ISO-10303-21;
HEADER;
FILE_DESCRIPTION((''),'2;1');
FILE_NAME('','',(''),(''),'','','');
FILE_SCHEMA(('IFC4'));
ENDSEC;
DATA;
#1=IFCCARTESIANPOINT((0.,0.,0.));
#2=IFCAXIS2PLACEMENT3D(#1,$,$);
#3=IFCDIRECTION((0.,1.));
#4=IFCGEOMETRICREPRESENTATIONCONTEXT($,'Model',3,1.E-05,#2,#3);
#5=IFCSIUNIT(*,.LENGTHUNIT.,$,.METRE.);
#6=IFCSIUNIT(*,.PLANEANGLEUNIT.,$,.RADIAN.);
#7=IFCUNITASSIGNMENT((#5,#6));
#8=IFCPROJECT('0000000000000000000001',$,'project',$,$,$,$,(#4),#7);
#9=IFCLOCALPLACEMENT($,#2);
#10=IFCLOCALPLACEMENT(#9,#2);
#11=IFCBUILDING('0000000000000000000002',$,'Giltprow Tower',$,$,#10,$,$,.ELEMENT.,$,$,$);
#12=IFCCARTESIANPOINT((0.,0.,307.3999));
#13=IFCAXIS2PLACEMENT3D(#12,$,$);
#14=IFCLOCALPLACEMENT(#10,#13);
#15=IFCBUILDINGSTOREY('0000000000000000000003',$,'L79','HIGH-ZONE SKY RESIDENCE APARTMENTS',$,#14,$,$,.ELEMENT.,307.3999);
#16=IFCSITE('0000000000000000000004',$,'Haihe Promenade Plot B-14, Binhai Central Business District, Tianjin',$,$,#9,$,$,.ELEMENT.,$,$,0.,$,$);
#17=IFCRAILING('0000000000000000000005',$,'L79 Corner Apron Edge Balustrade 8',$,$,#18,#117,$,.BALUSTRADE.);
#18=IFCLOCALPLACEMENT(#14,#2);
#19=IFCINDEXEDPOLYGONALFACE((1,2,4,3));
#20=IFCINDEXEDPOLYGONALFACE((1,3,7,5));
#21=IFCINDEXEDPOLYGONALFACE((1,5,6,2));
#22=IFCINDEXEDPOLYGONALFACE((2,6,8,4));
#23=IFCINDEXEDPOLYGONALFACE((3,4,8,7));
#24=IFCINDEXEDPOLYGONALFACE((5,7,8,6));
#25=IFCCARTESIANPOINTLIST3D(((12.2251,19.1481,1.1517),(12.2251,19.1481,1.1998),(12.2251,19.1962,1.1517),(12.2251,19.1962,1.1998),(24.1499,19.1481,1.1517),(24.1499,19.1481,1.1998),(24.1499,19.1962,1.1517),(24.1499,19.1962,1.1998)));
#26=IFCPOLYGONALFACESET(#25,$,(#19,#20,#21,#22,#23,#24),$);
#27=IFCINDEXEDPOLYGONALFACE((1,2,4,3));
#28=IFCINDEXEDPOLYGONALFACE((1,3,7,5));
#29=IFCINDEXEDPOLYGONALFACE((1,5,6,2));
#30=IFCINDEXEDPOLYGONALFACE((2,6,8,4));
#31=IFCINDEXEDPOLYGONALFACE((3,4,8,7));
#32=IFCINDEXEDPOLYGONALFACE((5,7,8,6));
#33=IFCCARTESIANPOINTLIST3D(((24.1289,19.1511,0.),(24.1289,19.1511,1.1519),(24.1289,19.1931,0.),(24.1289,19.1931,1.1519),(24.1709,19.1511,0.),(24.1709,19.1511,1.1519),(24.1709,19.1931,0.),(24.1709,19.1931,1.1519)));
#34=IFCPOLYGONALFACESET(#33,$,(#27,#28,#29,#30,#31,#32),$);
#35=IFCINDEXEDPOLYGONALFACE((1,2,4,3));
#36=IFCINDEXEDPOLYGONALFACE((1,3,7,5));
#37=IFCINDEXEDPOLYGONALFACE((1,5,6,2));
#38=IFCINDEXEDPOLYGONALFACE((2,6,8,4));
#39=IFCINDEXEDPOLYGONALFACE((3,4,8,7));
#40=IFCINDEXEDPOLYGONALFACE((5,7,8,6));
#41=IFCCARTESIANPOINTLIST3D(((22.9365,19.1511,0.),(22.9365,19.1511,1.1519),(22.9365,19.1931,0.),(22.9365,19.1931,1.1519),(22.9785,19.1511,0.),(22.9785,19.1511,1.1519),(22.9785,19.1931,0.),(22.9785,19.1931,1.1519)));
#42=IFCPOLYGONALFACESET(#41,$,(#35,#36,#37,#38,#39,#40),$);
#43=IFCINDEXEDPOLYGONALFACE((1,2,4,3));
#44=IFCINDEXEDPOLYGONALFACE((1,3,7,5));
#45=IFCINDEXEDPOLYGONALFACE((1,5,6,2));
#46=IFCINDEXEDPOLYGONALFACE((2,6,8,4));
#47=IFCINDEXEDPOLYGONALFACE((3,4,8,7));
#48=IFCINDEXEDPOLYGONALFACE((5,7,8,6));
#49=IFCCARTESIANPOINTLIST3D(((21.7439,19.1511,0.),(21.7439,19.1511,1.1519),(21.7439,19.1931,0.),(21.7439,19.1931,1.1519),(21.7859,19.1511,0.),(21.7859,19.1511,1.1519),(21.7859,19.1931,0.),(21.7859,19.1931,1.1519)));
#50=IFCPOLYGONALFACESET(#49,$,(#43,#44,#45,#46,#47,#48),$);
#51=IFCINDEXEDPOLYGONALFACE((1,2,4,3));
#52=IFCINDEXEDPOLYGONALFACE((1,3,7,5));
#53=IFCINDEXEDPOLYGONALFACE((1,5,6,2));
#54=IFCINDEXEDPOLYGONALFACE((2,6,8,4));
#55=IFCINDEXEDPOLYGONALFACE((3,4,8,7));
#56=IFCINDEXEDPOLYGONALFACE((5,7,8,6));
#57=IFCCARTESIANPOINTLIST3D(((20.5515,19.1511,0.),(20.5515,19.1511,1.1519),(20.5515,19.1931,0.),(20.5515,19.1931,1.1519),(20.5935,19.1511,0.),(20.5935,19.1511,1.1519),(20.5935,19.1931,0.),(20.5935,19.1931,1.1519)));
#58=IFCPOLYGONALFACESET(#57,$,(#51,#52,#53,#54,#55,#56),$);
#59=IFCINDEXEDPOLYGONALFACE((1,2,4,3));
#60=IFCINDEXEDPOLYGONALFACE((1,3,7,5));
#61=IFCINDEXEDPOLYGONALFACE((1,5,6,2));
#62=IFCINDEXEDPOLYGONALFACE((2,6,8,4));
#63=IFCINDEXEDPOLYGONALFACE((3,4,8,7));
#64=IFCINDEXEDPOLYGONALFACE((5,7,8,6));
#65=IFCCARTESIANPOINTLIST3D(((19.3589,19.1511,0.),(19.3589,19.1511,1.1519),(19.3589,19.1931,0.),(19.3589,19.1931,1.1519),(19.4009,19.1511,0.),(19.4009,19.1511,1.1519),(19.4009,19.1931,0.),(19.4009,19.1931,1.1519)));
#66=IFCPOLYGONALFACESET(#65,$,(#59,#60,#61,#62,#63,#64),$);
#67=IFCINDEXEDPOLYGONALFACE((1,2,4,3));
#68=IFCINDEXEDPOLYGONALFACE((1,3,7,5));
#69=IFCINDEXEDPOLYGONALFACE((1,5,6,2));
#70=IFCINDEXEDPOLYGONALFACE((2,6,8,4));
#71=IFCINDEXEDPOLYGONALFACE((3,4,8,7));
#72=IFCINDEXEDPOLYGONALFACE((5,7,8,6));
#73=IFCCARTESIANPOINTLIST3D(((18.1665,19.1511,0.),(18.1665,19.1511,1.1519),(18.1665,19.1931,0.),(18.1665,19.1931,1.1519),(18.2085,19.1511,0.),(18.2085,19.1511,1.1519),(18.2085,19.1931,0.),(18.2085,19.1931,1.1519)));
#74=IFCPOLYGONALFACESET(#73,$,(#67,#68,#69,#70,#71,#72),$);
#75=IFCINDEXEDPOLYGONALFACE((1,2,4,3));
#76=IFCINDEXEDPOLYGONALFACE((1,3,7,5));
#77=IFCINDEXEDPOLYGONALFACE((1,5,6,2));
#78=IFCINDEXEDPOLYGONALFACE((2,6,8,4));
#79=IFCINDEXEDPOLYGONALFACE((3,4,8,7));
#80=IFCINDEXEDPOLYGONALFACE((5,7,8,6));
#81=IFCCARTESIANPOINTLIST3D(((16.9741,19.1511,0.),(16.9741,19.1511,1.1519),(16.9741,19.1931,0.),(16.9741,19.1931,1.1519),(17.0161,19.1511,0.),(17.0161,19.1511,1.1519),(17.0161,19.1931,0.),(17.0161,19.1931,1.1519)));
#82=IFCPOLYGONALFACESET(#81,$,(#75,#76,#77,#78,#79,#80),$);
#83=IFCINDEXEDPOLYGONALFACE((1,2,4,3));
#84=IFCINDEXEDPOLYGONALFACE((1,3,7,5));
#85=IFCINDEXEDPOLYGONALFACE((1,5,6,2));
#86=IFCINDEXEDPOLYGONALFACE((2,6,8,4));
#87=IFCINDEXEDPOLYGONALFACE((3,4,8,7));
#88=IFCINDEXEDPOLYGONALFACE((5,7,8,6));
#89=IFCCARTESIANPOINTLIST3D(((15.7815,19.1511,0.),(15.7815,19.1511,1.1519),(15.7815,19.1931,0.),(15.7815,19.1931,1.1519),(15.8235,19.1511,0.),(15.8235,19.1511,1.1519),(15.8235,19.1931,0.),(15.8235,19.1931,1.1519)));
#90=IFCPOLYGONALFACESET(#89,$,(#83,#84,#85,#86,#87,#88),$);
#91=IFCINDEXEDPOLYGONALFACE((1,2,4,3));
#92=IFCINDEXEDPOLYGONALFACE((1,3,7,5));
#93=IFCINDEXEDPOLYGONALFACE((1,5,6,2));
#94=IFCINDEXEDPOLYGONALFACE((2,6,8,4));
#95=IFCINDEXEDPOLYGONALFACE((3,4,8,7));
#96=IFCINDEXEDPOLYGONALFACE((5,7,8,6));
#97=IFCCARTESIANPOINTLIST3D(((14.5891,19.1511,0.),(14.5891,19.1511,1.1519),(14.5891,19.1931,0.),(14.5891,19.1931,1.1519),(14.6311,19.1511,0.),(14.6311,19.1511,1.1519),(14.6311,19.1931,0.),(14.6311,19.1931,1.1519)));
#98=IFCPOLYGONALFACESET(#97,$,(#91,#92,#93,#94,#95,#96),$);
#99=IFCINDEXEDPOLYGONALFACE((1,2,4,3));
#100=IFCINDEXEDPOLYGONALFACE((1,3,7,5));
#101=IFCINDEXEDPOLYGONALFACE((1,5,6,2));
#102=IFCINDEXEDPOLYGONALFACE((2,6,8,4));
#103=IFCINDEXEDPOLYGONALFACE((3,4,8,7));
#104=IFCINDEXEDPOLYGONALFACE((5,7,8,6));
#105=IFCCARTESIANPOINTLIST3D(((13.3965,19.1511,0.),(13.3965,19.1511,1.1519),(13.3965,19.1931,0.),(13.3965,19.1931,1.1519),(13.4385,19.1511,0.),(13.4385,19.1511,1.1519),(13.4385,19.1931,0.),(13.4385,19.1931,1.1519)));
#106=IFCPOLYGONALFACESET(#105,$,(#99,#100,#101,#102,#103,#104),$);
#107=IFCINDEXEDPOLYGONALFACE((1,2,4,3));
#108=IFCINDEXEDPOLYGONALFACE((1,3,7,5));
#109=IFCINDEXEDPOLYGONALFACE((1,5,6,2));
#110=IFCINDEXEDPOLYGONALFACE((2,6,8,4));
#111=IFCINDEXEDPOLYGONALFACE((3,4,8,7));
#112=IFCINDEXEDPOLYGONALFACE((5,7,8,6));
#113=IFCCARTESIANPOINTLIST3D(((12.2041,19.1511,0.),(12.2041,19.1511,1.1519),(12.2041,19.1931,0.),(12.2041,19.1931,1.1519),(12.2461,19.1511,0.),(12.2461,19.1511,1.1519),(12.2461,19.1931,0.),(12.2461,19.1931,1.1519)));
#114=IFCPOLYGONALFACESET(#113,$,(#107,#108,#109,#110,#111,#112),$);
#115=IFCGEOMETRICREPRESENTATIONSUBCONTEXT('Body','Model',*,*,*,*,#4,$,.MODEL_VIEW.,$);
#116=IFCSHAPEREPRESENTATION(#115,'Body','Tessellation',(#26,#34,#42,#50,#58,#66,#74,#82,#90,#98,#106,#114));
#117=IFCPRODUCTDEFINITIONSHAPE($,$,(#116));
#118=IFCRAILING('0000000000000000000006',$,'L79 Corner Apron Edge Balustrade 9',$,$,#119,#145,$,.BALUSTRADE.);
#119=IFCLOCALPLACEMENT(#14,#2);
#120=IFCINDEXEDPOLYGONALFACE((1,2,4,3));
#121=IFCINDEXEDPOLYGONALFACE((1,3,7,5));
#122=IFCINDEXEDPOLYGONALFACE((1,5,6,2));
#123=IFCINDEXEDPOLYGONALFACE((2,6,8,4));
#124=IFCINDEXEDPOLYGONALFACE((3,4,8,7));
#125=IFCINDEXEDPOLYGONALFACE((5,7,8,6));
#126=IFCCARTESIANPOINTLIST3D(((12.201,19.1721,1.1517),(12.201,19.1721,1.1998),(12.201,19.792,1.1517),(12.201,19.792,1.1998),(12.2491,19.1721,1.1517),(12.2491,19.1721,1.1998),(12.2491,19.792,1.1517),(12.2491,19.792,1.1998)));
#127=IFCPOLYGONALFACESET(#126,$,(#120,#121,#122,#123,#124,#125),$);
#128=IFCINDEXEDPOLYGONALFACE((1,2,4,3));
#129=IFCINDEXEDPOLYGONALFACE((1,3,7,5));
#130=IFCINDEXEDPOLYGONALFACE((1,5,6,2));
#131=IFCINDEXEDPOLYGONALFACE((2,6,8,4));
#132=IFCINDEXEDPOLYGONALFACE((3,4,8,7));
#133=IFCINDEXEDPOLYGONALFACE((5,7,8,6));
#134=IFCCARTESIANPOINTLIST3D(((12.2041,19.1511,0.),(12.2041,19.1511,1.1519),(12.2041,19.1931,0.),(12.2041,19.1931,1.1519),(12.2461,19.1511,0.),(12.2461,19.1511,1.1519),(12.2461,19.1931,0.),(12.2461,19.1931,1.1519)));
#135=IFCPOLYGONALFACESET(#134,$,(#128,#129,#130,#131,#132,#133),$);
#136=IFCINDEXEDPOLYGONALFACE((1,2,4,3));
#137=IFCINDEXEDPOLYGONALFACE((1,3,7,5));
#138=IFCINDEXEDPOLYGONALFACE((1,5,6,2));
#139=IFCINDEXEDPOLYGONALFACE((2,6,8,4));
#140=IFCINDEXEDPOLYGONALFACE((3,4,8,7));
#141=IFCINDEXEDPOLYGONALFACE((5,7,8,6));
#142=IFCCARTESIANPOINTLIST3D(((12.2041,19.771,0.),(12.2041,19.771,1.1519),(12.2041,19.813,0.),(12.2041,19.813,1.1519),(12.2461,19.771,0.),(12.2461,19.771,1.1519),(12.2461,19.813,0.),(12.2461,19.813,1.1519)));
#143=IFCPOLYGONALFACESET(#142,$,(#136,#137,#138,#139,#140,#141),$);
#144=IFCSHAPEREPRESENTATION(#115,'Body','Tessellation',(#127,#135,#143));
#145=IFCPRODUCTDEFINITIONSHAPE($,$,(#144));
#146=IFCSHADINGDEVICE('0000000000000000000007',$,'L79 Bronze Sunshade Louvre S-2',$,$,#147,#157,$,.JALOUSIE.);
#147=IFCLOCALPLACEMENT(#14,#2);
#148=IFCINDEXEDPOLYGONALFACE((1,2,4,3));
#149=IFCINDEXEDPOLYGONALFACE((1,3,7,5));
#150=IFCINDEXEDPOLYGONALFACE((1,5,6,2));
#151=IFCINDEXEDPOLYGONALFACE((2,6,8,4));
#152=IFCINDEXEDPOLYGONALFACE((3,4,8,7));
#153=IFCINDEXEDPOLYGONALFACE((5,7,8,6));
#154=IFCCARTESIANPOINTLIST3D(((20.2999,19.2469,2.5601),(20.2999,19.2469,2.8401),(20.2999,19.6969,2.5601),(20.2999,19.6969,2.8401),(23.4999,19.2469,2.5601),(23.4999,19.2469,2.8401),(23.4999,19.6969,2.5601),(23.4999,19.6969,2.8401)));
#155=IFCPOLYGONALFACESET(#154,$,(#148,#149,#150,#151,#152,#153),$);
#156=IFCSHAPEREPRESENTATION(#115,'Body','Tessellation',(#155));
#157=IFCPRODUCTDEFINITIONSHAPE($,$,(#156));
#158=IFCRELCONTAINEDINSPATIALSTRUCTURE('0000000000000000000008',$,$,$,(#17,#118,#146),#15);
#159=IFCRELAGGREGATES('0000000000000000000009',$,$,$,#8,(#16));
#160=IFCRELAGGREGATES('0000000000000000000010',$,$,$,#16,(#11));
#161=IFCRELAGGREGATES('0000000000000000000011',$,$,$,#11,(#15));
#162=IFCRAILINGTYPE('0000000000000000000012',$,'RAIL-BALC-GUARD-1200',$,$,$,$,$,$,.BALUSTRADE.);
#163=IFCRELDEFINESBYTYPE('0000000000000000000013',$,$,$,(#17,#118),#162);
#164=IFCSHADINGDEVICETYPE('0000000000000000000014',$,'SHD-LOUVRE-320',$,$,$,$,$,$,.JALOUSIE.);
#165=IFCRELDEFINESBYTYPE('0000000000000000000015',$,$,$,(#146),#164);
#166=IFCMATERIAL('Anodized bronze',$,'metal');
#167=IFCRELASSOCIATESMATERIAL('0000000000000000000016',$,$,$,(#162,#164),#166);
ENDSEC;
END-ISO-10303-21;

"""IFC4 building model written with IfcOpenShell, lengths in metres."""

from ifc_helpers import new_model, si_unit, direction, frame, origin, origin_2d, place, context, subcontext, project, spatial, rectangle, extrude, source, transform, mapped, material, type_object, element, save


model = new_model("IFC4")

# Units and contexts
model_context = context("Model", 3, precision=1e-05, world=origin(), true_north=direction((0.0, 1.0)))
body_context = subcontext(model_context, "Body", "Model", "MODEL_VIEW")
ifc_project = project(units=[si_unit("LENGTHUNIT", "METRE"), si_unit("PLANEANGLEUNIT", "RADIAN")], contexts=[model_context])

# Site, building, storey
site_placement = place(None, origin())
site = spatial("IfcSite", under=ifc_project, at=site_placement, Name="Haihe Promenade Plot B-14, Binhai Central Business District, Tianjin", CompositionType="ELEMENT", RefElevation=0.0)
building_placement = place(site_placement, origin())
building = spatial("IfcBuilding", under=site, at=building_placement, Name="Giltprow Tower", CompositionType="ELEMENT")
storey_placement = place(building_placement, frame((0.0, 0.0, 307.3999)))
storey = spatial("IfcBuildingStorey", under=building, at=storey_placement, Name="L79", Description="HIGH-ZONE SKY RESIDENCE APARTMENTS", CompositionType="ELEMENT", Elevation=307.3999)

# Shared definitions
ifc_material_1 = material(Name="Anodized bronze", Category="metal")

# Railings
railing_type = type_object("IfcRailingType", Name="RAIL-BALC-GUARD-1200", PredefinedType="BALUSTRADE", material=ifc_material_1)
railing_1_placement = place(storey_placement, frame((24.1499, 19.1721, 0.0)))
element("IfcRailing", 1, at=railing_1_placement, inside=storey, type_object=railing_type, Name="L79 Corner Apron Edge Balustrade 8", PredefinedType="BALUSTRADE", context=body_context, shape_type="SweptSolid", body=[
    extrude(rectangle(XDim=0.0481, YDim=0.0481, at=origin_2d()), frame((0.0, 0.0, 1.1758), z_axis=(-1.0, 0.0, 0.0), x_axis=(0.0, -1.0, 0.0)), (0.0, 0.0, 1.0), 11.9248),
    extrude(rectangle(XDim=0.042, YDim=0.042, at=origin_2d()), origin(), (0.0, 0.0, 1.0), 1.1519),
    extrude(rectangle(XDim=0.042, YDim=0.042, at=origin_2d()), frame((-1.1924, 0.0, 0.0)), (0.0, 0.0, 1.0), 1.1519),
    extrude(rectangle(XDim=0.042, YDim=0.042, at=origin_2d()), frame((-2.385, 0.0, 0.0)), (0.0, 0.0, 1.0), 1.1519),
    extrude(rectangle(XDim=0.042, YDim=0.042, at=origin_2d()), frame((-3.5774, 0.0, 0.0)), (0.0, 0.0, 1.0), 1.1519),
    extrude(rectangle(XDim=0.042, YDim=0.042, at=origin_2d()), frame((-4.77, 0.0, 0.0)), (0.0, 0.0, 1.0), 1.1519),
    extrude(rectangle(XDim=0.042, YDim=0.042, at=origin_2d()), frame((-5.9624, 0.0, 0.0)), (0.0, 0.0, 1.0), 1.1519),
    extrude(rectangle(XDim=0.042, YDim=0.042, at=origin_2d()), frame((-7.1548, 0.0, 0.0)), (0.0, 0.0, 1.0), 1.1519),
    extrude(rectangle(XDim=0.042, YDim=0.042, at=origin_2d()), frame((-8.3474, 0.0, 0.0)), (0.0, 0.0, 1.0), 1.1519),
    extrude(rectangle(XDim=0.042, YDim=0.042, at=origin_2d()), frame((-9.5398, 0.0, 0.0)), (0.0, 0.0, 1.0), 1.1519),
    extrude(rectangle(XDim=0.042, YDim=0.042, at=origin_2d()), frame((-10.7324, 0.0, 0.0)), (0.0, 0.0, 1.0), 1.1519),
    extrude(rectangle(XDim=0.042, YDim=0.042, at=origin_2d()), frame((-11.9248, 0.0, 0.0)), (0.0, 0.0, 1.0), 1.1519),
])
railing_2_placement = place(storey_placement, frame((12.2251, 19.1721, 0.0)))
element("IfcRailing", 2, at=railing_2_placement, inside=storey, type_object=railing_type, Name="L79 Corner Apron Edge Balustrade 9", PredefinedType="BALUSTRADE", context=body_context, shape_type="SweptSolid", body=[
    extrude(rectangle(XDim=0.0481, YDim=0.0481, at=origin_2d()), frame((0.0, 0.0, 1.1758), z_axis=(0.0, 1.0, 0.0), x_axis=(-1.0, 0.0, 0.0)), (0.0, 0.0, 1.0), 0.6199),
    extrude(rectangle(XDim=0.042, YDim=0.042, at=origin_2d()), origin(), (0.0, 0.0, 1.0), 1.1519),
    extrude(rectangle(XDim=0.042, YDim=0.042, at=origin_2d()), frame((0.0, 0.6199, 0.0)), (0.0, 0.0, 1.0), 1.1519),
])

# Shading device
shading_device_type = type_object("IfcShadingDeviceType", Name="SHD-LOUVRE-320", PredefinedType="JALOUSIE", material=ifc_material_1)
shared_shape_1 = source(origin(), body_context, "Body", "SweptSolid", [
    extrude(rectangle(XDim=3.2, YDim=0.45, at=origin_2d()), origin(), (0.0, 0.0, 1.0), 0.28),
])
shading_device_placement = place(storey_placement, frame((21.8999, 19.4719, 2.5601), z_axis=(0.0, 0.0, 1.0), x_axis=(1.0, 0.0, 0.0)))
element("IfcShadingDevice", 3, at=shading_device_placement, inside=storey, type_object=shading_device_type, Name="L79 Bronze Sunshade Louvre S-2", PredefinedType="JALOUSIE", context=body_context, shape_type="MappedRepresentation", body=[
    mapped(shared_shape_1, transform((0.0, 0.0, 0.0), x_axis=(1.0, 0.0, 0.0), y_axis=(0.0, 1.0, 0.0), z_axis=(0.0, 0.0, 1.0), scale=1.0)),
])

save(model, "model.ifc")
